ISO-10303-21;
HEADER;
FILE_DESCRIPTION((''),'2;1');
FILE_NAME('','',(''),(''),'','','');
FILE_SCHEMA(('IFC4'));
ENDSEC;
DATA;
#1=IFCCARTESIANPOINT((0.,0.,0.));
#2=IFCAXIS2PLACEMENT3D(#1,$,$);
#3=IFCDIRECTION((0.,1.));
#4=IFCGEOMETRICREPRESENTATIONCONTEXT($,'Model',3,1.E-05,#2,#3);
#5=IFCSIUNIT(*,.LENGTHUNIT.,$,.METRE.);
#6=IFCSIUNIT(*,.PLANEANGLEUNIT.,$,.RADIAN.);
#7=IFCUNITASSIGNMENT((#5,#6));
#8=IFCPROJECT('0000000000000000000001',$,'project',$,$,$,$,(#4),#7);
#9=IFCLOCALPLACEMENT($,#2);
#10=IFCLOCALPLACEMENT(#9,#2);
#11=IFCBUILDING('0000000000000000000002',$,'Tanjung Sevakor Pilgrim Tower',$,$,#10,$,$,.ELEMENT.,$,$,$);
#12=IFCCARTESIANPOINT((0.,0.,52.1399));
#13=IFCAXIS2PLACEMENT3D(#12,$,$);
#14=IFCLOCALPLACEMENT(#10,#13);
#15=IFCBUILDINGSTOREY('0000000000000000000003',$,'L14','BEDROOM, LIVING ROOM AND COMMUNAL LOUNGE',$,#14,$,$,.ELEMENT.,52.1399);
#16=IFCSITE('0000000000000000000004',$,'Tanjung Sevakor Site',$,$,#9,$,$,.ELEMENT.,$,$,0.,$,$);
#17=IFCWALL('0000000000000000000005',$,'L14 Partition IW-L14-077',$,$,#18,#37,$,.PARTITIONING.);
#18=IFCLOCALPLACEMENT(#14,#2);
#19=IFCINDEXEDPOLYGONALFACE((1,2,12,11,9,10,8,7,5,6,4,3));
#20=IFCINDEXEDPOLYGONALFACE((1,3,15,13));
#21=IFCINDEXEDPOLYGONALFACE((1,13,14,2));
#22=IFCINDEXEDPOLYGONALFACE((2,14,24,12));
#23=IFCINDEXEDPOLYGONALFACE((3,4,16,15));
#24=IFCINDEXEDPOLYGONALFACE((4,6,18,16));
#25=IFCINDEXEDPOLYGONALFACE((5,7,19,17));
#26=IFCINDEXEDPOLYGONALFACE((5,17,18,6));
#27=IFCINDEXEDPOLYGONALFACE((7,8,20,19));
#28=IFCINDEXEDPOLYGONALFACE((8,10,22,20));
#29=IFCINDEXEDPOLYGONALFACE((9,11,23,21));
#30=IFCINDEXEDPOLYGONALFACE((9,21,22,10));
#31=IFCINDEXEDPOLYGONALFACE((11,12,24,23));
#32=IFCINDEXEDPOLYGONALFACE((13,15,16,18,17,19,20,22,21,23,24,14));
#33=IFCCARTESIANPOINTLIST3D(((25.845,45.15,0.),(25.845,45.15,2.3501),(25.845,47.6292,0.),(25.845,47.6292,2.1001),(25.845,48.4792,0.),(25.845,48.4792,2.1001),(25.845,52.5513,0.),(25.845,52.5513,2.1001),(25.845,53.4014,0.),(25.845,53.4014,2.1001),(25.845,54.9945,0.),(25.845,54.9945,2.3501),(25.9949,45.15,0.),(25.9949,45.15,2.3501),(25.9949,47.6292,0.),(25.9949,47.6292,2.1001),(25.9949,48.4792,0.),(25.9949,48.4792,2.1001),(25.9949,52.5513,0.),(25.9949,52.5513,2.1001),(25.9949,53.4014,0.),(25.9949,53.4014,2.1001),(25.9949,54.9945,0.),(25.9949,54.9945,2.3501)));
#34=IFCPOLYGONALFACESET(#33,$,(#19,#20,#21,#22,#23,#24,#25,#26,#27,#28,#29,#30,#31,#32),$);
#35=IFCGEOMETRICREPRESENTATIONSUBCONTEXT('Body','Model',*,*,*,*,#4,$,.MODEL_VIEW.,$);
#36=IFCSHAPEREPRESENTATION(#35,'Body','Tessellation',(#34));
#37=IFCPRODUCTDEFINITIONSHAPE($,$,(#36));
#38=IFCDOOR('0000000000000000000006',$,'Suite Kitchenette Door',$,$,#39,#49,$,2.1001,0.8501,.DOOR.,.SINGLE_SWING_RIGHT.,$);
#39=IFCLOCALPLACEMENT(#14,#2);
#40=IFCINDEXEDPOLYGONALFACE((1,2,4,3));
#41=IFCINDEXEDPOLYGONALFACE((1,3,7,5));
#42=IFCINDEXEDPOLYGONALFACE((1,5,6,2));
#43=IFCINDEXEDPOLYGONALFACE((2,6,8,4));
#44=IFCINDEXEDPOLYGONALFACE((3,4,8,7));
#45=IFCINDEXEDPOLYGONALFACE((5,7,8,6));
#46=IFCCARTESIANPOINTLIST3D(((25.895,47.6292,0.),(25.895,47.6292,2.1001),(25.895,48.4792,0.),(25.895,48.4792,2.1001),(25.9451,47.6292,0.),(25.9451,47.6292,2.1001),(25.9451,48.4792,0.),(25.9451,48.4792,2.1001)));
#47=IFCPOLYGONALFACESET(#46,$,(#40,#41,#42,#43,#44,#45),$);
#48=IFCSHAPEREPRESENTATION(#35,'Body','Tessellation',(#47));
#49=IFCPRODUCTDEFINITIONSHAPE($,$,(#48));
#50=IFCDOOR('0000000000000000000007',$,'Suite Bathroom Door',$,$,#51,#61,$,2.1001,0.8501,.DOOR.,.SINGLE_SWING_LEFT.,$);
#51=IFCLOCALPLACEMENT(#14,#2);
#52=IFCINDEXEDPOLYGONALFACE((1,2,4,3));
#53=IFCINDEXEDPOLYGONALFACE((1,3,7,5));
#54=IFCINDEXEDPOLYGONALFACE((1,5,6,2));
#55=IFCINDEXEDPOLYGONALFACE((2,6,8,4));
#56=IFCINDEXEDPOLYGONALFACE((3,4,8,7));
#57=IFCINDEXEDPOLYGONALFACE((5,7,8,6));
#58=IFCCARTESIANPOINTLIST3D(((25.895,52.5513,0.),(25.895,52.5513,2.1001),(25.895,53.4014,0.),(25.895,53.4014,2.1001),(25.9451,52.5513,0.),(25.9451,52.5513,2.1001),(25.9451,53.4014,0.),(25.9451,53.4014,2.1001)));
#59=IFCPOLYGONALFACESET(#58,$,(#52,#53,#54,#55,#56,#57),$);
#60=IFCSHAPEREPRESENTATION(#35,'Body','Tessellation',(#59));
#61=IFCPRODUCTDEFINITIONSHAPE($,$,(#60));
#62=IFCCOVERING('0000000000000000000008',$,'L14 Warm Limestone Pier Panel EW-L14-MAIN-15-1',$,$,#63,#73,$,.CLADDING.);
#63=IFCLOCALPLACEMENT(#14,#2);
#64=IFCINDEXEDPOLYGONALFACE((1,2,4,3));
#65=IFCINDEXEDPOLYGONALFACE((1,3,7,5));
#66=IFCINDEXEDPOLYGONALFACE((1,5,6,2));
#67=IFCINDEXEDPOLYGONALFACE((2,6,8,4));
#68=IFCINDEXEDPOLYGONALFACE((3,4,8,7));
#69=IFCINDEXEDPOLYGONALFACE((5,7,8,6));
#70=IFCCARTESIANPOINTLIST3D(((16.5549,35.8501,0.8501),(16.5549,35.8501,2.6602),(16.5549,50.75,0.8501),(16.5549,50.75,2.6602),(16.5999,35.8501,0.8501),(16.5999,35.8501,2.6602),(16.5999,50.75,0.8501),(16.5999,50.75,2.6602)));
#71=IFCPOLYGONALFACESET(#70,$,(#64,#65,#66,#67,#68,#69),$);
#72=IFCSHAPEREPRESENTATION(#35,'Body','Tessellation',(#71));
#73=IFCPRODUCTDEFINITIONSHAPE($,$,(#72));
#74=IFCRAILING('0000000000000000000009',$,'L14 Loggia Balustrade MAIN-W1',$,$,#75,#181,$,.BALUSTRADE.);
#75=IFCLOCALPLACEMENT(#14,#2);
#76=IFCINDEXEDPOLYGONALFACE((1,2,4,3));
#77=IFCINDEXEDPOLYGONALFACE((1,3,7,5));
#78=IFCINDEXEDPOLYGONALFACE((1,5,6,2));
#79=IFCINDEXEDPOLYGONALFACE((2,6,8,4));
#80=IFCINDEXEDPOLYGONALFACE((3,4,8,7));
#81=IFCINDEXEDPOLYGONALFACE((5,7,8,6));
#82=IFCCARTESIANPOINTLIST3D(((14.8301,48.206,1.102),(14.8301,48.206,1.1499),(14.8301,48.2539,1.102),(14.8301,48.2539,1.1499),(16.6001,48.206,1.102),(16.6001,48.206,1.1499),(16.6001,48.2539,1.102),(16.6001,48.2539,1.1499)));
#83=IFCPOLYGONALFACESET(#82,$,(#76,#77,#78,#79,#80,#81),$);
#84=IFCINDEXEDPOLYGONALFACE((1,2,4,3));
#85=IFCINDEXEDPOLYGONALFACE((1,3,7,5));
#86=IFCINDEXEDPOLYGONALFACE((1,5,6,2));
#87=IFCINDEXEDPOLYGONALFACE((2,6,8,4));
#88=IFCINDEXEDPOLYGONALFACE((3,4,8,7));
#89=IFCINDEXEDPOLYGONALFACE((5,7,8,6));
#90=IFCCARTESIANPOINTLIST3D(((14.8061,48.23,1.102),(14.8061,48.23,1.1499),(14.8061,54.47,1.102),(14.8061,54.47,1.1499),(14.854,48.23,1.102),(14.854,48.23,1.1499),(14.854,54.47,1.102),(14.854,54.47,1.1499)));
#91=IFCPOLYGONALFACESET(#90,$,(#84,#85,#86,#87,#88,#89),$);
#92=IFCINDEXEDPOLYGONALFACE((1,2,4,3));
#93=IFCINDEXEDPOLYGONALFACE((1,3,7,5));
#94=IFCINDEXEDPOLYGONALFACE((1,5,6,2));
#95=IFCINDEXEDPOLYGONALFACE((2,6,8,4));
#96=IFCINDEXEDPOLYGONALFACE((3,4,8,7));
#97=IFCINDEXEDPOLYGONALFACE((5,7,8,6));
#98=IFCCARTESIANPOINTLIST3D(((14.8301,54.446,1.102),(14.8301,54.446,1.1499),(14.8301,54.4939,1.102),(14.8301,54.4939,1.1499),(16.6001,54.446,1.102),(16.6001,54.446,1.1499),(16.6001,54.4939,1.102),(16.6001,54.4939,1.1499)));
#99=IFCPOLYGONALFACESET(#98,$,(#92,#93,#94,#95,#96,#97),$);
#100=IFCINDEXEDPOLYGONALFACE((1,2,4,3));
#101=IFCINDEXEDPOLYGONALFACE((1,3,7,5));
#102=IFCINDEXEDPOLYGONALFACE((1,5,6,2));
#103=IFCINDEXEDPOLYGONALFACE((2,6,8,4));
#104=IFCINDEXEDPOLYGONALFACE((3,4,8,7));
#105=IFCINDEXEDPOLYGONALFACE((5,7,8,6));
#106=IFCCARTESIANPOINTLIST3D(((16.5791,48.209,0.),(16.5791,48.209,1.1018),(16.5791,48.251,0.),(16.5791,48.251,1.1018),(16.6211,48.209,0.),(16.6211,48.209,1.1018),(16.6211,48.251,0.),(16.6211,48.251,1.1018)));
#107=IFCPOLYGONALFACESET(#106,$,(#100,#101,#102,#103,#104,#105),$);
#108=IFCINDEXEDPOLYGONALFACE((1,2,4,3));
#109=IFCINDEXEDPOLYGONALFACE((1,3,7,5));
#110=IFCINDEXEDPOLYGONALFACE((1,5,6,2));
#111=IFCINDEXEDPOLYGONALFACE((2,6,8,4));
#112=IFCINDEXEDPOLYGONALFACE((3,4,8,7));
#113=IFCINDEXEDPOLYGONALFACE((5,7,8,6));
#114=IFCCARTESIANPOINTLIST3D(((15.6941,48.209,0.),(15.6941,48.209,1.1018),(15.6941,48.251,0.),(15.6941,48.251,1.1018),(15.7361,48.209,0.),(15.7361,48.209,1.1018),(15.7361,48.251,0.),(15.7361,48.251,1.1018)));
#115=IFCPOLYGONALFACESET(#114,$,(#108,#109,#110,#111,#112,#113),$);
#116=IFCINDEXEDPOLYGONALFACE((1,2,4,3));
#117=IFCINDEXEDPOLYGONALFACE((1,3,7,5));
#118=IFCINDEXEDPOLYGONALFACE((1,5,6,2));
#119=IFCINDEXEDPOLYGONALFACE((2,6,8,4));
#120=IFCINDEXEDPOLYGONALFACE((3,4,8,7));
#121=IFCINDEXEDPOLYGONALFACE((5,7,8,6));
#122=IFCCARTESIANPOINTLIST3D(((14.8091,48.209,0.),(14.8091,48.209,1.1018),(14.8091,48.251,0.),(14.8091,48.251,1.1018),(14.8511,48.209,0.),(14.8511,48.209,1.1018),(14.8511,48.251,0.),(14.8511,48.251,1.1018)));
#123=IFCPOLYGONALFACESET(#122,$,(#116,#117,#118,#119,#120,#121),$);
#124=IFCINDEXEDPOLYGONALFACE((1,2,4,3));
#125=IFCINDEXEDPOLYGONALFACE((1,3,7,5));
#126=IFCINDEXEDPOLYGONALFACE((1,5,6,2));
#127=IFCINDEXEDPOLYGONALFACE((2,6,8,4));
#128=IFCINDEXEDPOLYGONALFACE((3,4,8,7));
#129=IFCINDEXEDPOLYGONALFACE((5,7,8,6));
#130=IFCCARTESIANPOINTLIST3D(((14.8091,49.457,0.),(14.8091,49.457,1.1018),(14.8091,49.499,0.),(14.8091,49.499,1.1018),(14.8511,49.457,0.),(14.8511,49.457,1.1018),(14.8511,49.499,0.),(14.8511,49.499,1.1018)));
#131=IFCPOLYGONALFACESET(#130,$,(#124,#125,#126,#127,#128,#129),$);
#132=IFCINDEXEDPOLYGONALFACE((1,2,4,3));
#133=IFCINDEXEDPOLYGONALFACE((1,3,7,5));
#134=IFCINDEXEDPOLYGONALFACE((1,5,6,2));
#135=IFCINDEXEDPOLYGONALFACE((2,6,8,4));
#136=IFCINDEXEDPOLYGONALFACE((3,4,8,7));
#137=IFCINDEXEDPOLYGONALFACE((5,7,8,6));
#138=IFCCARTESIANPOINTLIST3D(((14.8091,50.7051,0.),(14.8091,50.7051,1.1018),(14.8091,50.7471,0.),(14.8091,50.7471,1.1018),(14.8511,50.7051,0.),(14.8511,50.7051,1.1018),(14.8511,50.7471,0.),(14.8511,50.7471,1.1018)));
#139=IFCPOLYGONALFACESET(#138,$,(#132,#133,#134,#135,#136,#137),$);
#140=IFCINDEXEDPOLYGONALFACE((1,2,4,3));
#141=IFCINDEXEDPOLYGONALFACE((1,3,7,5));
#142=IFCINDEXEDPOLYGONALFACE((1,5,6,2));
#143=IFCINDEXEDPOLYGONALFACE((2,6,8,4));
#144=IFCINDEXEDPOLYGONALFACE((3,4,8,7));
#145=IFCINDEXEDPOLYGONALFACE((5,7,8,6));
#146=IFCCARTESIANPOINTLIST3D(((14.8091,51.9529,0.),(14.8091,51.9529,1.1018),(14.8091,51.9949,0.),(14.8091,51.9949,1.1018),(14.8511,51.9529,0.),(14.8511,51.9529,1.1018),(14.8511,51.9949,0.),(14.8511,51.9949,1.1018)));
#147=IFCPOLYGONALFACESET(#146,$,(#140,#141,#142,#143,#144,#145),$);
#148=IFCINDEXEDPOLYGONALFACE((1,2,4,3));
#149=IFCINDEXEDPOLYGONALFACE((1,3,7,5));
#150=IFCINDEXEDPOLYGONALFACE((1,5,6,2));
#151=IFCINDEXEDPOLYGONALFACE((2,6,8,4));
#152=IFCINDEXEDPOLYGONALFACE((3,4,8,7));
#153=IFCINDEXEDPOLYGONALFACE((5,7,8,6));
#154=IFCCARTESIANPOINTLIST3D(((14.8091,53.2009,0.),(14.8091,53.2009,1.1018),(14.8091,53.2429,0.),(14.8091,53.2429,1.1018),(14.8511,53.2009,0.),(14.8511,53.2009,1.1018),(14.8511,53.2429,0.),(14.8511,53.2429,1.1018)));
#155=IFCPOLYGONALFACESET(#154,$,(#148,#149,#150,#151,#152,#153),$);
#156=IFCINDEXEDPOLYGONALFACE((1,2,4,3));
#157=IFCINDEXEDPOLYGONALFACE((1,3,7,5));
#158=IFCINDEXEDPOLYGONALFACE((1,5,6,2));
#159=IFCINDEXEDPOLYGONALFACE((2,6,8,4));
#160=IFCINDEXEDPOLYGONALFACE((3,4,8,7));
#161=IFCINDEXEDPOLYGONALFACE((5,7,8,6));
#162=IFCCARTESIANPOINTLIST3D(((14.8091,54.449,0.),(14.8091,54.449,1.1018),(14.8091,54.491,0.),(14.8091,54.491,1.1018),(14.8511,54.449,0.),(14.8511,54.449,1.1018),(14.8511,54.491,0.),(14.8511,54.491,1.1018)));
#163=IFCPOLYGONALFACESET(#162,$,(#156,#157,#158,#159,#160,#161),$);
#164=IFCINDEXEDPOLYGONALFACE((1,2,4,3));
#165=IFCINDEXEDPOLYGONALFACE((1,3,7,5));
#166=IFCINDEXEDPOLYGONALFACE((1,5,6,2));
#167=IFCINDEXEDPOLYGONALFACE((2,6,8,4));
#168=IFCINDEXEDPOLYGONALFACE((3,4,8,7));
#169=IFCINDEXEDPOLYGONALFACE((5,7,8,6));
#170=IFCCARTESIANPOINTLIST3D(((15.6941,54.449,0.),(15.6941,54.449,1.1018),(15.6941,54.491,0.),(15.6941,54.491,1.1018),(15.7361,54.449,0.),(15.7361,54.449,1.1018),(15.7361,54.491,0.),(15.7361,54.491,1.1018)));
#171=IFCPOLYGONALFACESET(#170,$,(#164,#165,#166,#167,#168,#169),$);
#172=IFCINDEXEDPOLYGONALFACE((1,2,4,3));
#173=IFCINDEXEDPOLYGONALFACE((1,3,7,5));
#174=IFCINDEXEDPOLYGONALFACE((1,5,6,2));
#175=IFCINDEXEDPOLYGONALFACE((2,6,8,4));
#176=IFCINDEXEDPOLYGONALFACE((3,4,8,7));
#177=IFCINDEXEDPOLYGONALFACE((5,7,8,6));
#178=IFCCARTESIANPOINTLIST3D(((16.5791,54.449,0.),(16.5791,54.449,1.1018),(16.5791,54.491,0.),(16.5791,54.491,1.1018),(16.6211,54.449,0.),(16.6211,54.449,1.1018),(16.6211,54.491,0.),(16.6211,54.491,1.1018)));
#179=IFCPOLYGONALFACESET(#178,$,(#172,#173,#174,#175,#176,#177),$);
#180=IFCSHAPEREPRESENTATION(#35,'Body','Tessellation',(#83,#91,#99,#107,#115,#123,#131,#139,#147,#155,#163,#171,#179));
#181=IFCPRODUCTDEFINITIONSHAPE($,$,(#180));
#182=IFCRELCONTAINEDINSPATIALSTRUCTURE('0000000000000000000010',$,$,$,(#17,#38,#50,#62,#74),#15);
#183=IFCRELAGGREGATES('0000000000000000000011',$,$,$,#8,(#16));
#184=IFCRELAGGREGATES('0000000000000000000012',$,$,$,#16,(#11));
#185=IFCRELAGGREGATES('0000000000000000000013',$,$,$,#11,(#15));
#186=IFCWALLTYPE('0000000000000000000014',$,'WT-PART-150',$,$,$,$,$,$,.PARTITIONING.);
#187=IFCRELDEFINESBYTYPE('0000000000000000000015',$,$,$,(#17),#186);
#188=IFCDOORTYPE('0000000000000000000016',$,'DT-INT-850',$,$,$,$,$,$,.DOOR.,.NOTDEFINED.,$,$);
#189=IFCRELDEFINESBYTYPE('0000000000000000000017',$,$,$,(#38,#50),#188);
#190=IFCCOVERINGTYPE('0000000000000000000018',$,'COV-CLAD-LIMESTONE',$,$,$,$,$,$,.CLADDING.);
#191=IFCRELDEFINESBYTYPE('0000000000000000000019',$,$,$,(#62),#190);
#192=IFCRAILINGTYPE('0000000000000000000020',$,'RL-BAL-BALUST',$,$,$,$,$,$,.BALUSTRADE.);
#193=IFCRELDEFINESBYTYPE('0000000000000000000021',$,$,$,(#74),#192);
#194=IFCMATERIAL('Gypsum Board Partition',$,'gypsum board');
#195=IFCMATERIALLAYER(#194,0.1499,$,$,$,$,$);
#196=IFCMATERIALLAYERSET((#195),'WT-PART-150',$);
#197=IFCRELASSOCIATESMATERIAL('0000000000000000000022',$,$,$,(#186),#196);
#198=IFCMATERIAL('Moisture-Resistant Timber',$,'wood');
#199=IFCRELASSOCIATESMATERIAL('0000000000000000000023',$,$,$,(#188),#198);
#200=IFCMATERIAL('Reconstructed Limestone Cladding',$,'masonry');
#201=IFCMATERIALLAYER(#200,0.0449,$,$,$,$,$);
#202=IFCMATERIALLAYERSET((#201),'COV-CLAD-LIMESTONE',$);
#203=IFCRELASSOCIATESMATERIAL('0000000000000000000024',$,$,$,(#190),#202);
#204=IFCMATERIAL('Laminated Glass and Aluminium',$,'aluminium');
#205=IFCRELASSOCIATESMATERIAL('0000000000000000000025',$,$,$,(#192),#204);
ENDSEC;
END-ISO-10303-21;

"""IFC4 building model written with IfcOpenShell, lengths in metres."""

from ifc_helpers import new_model, si_unit, direction, frame, frame_2d, origin, origin_2d, place, context, subcontext, project, spatial, rectangle, extrude, material, layer, layer_set, type_object, element, fill, save


model = new_model("IFC4")

# Units and contexts
model_context = context("Model", 3, precision=1e-05, world=origin(), true_north=direction((0.0, 1.0)))
body_context = subcontext(model_context, "Body", "Model", "MODEL_VIEW")
ifc_project = project(units=[si_unit("LENGTHUNIT", "METRE"), si_unit("PLANEANGLEUNIT", "RADIAN")], contexts=[model_context])

# Site, building, storey
site_placement = place(None, origin())
site = spatial("IfcSite", under=ifc_project, at=site_placement, Name="Tanjung Sevakor Site", CompositionType="ELEMENT", RefElevation=0.0)
building_placement = place(site_placement, origin())
building = spatial("IfcBuilding", under=site, at=building_placement, Name="Tanjung Sevakor Pilgrim Tower", CompositionType="ELEMENT")
storey_placement = place(building_placement, frame((0.0, 0.0, 52.1399)))
storey = spatial("IfcBuildingStorey", under=building, at=storey_placement, Name="L14", Description="BEDROOM, LIVING ROOM AND COMMUNAL LOUNGE", CompositionType="ELEMENT", Elevation=52.1399)

# Shared definitions
ifc_material_1 = material(Name="Gypsum Board Partition", Category="gypsum board")
ifc_layer_1 = layer(ifc_material_1, 0.1499)
ifc_layer_set_1 = layer_set([ifc_layer_1], Name="WT-PART-150")
wall_type_1 = type_object("IfcWallType", Name="WT-PART-150", PredefinedType="PARTITIONING", material=ifc_layer_set_1)

# Wall, openings, doors
wall_1_placement = place(storey_placement, frame((25.9199, 45.1499, 0.0), z_axis=(0.0, 0.0, 1.0), x_axis=(0.0, 1.0, 0.0)))
wall_1 = element("IfcWall", 1, at=wall_1_placement, inside=storey, type_object=wall_type_1, Name="L14 Partition IW-L14-077", PredefinedType="PARTITIONING", context=body_context, shape_type="SweptSolid", body=[
    extrude(rectangle(XDim=9.8445, YDim=0.1499, at=frame_2d((4.9224, 0.0))), origin(), (0.0, 0.0, 1.0), 2.3501),
])
opening_1_placement = place(wall_1_placement, frame((2.4792, 0.0, 0.0)))
opening_1 = element("IfcOpeningElement", 2, at=opening_1_placement, cuts=wall_1, PredefinedType="OPENING", context=body_context, shape_type="SweptSolid", body=[
    extrude(rectangle(XDim=0.8501, YDim=2.1001, at=frame_2d((0.425, 1.05))), frame((0.0, 0.085, 0.0), z_axis=(0.0, -1.0, 0.0), x_axis=(1.0, 0.0, 0.0)), (0.0, 0.0, 1.0), 0.1699),
])
opening_2_placement = place(wall_1_placement, frame((7.4014, 0.0, 0.0)))
opening_2 = element("IfcOpeningElement", 3, at=opening_2_placement, cuts=wall_1, PredefinedType="OPENING", context=body_context, shape_type="SweptSolid", body=[
    extrude(rectangle(XDim=0.8501, YDim=2.1001, at=frame_2d((0.425, 1.05))), frame((0.0, 0.085, 0.0), z_axis=(0.0, -1.0, 0.0), x_axis=(1.0, 0.0, 0.0)), (0.0, 0.0, 1.0), 0.1699),
])
ifc_material_2 = material(Name="Moisture-Resistant Timber", Category="wood")
door_type_1 = type_object("IfcDoorType", Name="DT-INT-850", OperationType="NOTDEFINED", PredefinedType="DOOR", material=ifc_material_2)
door_1_placement = place(opening_1_placement, origin())
door_1 = element("IfcDoor", 4, at=door_1_placement, inside=storey, type_object=door_type_1, Name="Suite Kitchenette Door", OperationType="SINGLE_SWING_RIGHT", OverallHeight=2.1001, OverallWidth=0.8501, PredefinedType="DOOR", context=body_context, shape_type="SweptSolid", body=[
    extrude(rectangle(XDim=0.8501, YDim=2.1001, at=frame_2d((0.425, 1.05))), frame((0.0, 0.0249, 0.0), z_axis=(0.0, -1.0, 0.0), x_axis=(1.0, 0.0, 0.0)), (0.0, 0.0, 1.0), 0.05),
])
fill(opening_1, door_1)
door_2_placement = place(opening_2_placement, origin())
door_2 = element("IfcDoor", 5, at=door_2_placement, inside=storey, type_object=door_type_1, Name="Suite Bathroom Door", OperationType="SINGLE_SWING_LEFT", OverallHeight=2.1001, OverallWidth=0.8501, PredefinedType="DOOR", context=body_context, shape_type="SweptSolid", body=[
    extrude(rectangle(XDim=0.8501, YDim=2.1001, at=frame_2d((0.425, 1.05))), frame((0.0, 0.0249, 0.0), z_axis=(0.0, -1.0, 0.0), x_axis=(1.0, 0.0, 0.0)), (0.0, 0.0, 1.0), 0.05),
])
fill(opening_2, door_2)

# Covering
ifc_material_3 = material(Name="Reconstructed Limestone Cladding", Category="masonry")
ifc_layer_2 = layer(ifc_material_3, 0.0449)
ifc_layer_set_2 = layer_set([ifc_layer_2], Name="COV-CLAD-LIMESTONE")
covering_type = type_object("IfcCoveringType", Name="COV-CLAD-LIMESTONE", PredefinedType="CLADDING", material=ifc_layer_set_2)
covering_placement = place(storey_placement, frame((16.5774, 43.3, 0.8501), z_axis=(0.0, 0.0, 1.0), x_axis=(0.0, -1.0, 0.0)))
element("IfcCovering", 6, at=covering_placement, inside=storey, type_object=covering_type, Name="L14 Warm Limestone Pier Panel EW-L14-MAIN-15-1", PredefinedType="CLADDING", context=body_context, shape_type="SweptSolid", body=[
    extrude(rectangle(XDim=14.8999, YDim=0.0449, at=origin_2d()), origin(), (0.0, 0.0, 1.0), 1.8101),
])

# Railing
ifc_material_4 = material(Name="Laminated Glass and Aluminium", Category="aluminium")
railing_type = type_object("IfcRailingType", Name="RL-BAL-BALUST", PredefinedType="BALUSTRADE", material=ifc_material_4)
railing_placement = place(storey_placement, frame((16.6001, 48.23, 0.0)))
element("IfcRailing", 7, at=railing_placement, inside=storey, type_object=railing_type, Name="L14 Loggia Balustrade MAIN-W1", PredefinedType="BALUSTRADE", context=body_context, shape_type="SweptSolid", body=[
    extrude(rectangle(XDim=0.0479, YDim=0.0479), frame((0.0, 0.0, 1.126), z_axis=(-1.0, 0.0, 0.0), x_axis=(0.0, -1.0, 0.0)), (0.0, 0.0, 1.0), 1.77),
    extrude(rectangle(XDim=0.0479, YDim=0.0479), frame((-1.77, 0.0, 1.126), z_axis=(0.0, 1.0, 0.0), x_axis=(-1.0, 0.0, 0.0)), (0.0, 0.0, 1.0), 6.24),
    extrude(rectangle(XDim=0.0479, YDim=0.0479), frame((-1.77, 6.24, 1.126), z_axis=(1.0, 0.0, 0.0), x_axis=(0.0, 1.0, 0.0)), (0.0, 0.0, 1.0), 1.77),
    extrude(rectangle(XDim=0.042, YDim=0.042), origin(), (0.0, 0.0, 1.0), 1.1018),
    extrude(rectangle(XDim=0.042, YDim=0.042), frame((-0.885, 0.0, 0.0)), (0.0, 0.0, 1.0), 1.1018),
    extrude(rectangle(XDim=0.042, YDim=0.042), frame((-1.77, 0.0, 0.0)), (0.0, 0.0, 1.0), 1.1018),
    extrude(rectangle(XDim=0.042, YDim=0.042), frame((-1.77, 1.248, 0.0)), (0.0, 0.0, 1.0), 1.1018),
    extrude(rectangle(XDim=0.042, YDim=0.042), frame((-1.77, 2.4961, 0.0)), (0.0, 0.0, 1.0), 1.1018),
    extrude(rectangle(XDim=0.042, YDim=0.042), frame((-1.77, 3.7439, 0.0)), (0.0, 0.0, 1.0), 1.1018),
    extrude(rectangle(XDim=0.042, YDim=0.042), frame((-1.77, 4.9919, 0.0)), (0.0, 0.0, 1.0), 1.1018),
    extrude(rectangle(XDim=0.042, YDim=0.042), frame((-1.77, 6.24, 0.0)), (0.0, 0.0, 1.0), 1.1018),
    extrude(rectangle(XDim=0.042, YDim=0.042), frame((-0.885, 6.24, 0.0)), (0.0, 0.0, 1.0), 1.1018),
    extrude(rectangle(XDim=0.042, YDim=0.042), frame((0.0, 6.24, 0.0)), (0.0, 0.0, 1.0), 1.1018),
])

save(model, "model.ifc")
